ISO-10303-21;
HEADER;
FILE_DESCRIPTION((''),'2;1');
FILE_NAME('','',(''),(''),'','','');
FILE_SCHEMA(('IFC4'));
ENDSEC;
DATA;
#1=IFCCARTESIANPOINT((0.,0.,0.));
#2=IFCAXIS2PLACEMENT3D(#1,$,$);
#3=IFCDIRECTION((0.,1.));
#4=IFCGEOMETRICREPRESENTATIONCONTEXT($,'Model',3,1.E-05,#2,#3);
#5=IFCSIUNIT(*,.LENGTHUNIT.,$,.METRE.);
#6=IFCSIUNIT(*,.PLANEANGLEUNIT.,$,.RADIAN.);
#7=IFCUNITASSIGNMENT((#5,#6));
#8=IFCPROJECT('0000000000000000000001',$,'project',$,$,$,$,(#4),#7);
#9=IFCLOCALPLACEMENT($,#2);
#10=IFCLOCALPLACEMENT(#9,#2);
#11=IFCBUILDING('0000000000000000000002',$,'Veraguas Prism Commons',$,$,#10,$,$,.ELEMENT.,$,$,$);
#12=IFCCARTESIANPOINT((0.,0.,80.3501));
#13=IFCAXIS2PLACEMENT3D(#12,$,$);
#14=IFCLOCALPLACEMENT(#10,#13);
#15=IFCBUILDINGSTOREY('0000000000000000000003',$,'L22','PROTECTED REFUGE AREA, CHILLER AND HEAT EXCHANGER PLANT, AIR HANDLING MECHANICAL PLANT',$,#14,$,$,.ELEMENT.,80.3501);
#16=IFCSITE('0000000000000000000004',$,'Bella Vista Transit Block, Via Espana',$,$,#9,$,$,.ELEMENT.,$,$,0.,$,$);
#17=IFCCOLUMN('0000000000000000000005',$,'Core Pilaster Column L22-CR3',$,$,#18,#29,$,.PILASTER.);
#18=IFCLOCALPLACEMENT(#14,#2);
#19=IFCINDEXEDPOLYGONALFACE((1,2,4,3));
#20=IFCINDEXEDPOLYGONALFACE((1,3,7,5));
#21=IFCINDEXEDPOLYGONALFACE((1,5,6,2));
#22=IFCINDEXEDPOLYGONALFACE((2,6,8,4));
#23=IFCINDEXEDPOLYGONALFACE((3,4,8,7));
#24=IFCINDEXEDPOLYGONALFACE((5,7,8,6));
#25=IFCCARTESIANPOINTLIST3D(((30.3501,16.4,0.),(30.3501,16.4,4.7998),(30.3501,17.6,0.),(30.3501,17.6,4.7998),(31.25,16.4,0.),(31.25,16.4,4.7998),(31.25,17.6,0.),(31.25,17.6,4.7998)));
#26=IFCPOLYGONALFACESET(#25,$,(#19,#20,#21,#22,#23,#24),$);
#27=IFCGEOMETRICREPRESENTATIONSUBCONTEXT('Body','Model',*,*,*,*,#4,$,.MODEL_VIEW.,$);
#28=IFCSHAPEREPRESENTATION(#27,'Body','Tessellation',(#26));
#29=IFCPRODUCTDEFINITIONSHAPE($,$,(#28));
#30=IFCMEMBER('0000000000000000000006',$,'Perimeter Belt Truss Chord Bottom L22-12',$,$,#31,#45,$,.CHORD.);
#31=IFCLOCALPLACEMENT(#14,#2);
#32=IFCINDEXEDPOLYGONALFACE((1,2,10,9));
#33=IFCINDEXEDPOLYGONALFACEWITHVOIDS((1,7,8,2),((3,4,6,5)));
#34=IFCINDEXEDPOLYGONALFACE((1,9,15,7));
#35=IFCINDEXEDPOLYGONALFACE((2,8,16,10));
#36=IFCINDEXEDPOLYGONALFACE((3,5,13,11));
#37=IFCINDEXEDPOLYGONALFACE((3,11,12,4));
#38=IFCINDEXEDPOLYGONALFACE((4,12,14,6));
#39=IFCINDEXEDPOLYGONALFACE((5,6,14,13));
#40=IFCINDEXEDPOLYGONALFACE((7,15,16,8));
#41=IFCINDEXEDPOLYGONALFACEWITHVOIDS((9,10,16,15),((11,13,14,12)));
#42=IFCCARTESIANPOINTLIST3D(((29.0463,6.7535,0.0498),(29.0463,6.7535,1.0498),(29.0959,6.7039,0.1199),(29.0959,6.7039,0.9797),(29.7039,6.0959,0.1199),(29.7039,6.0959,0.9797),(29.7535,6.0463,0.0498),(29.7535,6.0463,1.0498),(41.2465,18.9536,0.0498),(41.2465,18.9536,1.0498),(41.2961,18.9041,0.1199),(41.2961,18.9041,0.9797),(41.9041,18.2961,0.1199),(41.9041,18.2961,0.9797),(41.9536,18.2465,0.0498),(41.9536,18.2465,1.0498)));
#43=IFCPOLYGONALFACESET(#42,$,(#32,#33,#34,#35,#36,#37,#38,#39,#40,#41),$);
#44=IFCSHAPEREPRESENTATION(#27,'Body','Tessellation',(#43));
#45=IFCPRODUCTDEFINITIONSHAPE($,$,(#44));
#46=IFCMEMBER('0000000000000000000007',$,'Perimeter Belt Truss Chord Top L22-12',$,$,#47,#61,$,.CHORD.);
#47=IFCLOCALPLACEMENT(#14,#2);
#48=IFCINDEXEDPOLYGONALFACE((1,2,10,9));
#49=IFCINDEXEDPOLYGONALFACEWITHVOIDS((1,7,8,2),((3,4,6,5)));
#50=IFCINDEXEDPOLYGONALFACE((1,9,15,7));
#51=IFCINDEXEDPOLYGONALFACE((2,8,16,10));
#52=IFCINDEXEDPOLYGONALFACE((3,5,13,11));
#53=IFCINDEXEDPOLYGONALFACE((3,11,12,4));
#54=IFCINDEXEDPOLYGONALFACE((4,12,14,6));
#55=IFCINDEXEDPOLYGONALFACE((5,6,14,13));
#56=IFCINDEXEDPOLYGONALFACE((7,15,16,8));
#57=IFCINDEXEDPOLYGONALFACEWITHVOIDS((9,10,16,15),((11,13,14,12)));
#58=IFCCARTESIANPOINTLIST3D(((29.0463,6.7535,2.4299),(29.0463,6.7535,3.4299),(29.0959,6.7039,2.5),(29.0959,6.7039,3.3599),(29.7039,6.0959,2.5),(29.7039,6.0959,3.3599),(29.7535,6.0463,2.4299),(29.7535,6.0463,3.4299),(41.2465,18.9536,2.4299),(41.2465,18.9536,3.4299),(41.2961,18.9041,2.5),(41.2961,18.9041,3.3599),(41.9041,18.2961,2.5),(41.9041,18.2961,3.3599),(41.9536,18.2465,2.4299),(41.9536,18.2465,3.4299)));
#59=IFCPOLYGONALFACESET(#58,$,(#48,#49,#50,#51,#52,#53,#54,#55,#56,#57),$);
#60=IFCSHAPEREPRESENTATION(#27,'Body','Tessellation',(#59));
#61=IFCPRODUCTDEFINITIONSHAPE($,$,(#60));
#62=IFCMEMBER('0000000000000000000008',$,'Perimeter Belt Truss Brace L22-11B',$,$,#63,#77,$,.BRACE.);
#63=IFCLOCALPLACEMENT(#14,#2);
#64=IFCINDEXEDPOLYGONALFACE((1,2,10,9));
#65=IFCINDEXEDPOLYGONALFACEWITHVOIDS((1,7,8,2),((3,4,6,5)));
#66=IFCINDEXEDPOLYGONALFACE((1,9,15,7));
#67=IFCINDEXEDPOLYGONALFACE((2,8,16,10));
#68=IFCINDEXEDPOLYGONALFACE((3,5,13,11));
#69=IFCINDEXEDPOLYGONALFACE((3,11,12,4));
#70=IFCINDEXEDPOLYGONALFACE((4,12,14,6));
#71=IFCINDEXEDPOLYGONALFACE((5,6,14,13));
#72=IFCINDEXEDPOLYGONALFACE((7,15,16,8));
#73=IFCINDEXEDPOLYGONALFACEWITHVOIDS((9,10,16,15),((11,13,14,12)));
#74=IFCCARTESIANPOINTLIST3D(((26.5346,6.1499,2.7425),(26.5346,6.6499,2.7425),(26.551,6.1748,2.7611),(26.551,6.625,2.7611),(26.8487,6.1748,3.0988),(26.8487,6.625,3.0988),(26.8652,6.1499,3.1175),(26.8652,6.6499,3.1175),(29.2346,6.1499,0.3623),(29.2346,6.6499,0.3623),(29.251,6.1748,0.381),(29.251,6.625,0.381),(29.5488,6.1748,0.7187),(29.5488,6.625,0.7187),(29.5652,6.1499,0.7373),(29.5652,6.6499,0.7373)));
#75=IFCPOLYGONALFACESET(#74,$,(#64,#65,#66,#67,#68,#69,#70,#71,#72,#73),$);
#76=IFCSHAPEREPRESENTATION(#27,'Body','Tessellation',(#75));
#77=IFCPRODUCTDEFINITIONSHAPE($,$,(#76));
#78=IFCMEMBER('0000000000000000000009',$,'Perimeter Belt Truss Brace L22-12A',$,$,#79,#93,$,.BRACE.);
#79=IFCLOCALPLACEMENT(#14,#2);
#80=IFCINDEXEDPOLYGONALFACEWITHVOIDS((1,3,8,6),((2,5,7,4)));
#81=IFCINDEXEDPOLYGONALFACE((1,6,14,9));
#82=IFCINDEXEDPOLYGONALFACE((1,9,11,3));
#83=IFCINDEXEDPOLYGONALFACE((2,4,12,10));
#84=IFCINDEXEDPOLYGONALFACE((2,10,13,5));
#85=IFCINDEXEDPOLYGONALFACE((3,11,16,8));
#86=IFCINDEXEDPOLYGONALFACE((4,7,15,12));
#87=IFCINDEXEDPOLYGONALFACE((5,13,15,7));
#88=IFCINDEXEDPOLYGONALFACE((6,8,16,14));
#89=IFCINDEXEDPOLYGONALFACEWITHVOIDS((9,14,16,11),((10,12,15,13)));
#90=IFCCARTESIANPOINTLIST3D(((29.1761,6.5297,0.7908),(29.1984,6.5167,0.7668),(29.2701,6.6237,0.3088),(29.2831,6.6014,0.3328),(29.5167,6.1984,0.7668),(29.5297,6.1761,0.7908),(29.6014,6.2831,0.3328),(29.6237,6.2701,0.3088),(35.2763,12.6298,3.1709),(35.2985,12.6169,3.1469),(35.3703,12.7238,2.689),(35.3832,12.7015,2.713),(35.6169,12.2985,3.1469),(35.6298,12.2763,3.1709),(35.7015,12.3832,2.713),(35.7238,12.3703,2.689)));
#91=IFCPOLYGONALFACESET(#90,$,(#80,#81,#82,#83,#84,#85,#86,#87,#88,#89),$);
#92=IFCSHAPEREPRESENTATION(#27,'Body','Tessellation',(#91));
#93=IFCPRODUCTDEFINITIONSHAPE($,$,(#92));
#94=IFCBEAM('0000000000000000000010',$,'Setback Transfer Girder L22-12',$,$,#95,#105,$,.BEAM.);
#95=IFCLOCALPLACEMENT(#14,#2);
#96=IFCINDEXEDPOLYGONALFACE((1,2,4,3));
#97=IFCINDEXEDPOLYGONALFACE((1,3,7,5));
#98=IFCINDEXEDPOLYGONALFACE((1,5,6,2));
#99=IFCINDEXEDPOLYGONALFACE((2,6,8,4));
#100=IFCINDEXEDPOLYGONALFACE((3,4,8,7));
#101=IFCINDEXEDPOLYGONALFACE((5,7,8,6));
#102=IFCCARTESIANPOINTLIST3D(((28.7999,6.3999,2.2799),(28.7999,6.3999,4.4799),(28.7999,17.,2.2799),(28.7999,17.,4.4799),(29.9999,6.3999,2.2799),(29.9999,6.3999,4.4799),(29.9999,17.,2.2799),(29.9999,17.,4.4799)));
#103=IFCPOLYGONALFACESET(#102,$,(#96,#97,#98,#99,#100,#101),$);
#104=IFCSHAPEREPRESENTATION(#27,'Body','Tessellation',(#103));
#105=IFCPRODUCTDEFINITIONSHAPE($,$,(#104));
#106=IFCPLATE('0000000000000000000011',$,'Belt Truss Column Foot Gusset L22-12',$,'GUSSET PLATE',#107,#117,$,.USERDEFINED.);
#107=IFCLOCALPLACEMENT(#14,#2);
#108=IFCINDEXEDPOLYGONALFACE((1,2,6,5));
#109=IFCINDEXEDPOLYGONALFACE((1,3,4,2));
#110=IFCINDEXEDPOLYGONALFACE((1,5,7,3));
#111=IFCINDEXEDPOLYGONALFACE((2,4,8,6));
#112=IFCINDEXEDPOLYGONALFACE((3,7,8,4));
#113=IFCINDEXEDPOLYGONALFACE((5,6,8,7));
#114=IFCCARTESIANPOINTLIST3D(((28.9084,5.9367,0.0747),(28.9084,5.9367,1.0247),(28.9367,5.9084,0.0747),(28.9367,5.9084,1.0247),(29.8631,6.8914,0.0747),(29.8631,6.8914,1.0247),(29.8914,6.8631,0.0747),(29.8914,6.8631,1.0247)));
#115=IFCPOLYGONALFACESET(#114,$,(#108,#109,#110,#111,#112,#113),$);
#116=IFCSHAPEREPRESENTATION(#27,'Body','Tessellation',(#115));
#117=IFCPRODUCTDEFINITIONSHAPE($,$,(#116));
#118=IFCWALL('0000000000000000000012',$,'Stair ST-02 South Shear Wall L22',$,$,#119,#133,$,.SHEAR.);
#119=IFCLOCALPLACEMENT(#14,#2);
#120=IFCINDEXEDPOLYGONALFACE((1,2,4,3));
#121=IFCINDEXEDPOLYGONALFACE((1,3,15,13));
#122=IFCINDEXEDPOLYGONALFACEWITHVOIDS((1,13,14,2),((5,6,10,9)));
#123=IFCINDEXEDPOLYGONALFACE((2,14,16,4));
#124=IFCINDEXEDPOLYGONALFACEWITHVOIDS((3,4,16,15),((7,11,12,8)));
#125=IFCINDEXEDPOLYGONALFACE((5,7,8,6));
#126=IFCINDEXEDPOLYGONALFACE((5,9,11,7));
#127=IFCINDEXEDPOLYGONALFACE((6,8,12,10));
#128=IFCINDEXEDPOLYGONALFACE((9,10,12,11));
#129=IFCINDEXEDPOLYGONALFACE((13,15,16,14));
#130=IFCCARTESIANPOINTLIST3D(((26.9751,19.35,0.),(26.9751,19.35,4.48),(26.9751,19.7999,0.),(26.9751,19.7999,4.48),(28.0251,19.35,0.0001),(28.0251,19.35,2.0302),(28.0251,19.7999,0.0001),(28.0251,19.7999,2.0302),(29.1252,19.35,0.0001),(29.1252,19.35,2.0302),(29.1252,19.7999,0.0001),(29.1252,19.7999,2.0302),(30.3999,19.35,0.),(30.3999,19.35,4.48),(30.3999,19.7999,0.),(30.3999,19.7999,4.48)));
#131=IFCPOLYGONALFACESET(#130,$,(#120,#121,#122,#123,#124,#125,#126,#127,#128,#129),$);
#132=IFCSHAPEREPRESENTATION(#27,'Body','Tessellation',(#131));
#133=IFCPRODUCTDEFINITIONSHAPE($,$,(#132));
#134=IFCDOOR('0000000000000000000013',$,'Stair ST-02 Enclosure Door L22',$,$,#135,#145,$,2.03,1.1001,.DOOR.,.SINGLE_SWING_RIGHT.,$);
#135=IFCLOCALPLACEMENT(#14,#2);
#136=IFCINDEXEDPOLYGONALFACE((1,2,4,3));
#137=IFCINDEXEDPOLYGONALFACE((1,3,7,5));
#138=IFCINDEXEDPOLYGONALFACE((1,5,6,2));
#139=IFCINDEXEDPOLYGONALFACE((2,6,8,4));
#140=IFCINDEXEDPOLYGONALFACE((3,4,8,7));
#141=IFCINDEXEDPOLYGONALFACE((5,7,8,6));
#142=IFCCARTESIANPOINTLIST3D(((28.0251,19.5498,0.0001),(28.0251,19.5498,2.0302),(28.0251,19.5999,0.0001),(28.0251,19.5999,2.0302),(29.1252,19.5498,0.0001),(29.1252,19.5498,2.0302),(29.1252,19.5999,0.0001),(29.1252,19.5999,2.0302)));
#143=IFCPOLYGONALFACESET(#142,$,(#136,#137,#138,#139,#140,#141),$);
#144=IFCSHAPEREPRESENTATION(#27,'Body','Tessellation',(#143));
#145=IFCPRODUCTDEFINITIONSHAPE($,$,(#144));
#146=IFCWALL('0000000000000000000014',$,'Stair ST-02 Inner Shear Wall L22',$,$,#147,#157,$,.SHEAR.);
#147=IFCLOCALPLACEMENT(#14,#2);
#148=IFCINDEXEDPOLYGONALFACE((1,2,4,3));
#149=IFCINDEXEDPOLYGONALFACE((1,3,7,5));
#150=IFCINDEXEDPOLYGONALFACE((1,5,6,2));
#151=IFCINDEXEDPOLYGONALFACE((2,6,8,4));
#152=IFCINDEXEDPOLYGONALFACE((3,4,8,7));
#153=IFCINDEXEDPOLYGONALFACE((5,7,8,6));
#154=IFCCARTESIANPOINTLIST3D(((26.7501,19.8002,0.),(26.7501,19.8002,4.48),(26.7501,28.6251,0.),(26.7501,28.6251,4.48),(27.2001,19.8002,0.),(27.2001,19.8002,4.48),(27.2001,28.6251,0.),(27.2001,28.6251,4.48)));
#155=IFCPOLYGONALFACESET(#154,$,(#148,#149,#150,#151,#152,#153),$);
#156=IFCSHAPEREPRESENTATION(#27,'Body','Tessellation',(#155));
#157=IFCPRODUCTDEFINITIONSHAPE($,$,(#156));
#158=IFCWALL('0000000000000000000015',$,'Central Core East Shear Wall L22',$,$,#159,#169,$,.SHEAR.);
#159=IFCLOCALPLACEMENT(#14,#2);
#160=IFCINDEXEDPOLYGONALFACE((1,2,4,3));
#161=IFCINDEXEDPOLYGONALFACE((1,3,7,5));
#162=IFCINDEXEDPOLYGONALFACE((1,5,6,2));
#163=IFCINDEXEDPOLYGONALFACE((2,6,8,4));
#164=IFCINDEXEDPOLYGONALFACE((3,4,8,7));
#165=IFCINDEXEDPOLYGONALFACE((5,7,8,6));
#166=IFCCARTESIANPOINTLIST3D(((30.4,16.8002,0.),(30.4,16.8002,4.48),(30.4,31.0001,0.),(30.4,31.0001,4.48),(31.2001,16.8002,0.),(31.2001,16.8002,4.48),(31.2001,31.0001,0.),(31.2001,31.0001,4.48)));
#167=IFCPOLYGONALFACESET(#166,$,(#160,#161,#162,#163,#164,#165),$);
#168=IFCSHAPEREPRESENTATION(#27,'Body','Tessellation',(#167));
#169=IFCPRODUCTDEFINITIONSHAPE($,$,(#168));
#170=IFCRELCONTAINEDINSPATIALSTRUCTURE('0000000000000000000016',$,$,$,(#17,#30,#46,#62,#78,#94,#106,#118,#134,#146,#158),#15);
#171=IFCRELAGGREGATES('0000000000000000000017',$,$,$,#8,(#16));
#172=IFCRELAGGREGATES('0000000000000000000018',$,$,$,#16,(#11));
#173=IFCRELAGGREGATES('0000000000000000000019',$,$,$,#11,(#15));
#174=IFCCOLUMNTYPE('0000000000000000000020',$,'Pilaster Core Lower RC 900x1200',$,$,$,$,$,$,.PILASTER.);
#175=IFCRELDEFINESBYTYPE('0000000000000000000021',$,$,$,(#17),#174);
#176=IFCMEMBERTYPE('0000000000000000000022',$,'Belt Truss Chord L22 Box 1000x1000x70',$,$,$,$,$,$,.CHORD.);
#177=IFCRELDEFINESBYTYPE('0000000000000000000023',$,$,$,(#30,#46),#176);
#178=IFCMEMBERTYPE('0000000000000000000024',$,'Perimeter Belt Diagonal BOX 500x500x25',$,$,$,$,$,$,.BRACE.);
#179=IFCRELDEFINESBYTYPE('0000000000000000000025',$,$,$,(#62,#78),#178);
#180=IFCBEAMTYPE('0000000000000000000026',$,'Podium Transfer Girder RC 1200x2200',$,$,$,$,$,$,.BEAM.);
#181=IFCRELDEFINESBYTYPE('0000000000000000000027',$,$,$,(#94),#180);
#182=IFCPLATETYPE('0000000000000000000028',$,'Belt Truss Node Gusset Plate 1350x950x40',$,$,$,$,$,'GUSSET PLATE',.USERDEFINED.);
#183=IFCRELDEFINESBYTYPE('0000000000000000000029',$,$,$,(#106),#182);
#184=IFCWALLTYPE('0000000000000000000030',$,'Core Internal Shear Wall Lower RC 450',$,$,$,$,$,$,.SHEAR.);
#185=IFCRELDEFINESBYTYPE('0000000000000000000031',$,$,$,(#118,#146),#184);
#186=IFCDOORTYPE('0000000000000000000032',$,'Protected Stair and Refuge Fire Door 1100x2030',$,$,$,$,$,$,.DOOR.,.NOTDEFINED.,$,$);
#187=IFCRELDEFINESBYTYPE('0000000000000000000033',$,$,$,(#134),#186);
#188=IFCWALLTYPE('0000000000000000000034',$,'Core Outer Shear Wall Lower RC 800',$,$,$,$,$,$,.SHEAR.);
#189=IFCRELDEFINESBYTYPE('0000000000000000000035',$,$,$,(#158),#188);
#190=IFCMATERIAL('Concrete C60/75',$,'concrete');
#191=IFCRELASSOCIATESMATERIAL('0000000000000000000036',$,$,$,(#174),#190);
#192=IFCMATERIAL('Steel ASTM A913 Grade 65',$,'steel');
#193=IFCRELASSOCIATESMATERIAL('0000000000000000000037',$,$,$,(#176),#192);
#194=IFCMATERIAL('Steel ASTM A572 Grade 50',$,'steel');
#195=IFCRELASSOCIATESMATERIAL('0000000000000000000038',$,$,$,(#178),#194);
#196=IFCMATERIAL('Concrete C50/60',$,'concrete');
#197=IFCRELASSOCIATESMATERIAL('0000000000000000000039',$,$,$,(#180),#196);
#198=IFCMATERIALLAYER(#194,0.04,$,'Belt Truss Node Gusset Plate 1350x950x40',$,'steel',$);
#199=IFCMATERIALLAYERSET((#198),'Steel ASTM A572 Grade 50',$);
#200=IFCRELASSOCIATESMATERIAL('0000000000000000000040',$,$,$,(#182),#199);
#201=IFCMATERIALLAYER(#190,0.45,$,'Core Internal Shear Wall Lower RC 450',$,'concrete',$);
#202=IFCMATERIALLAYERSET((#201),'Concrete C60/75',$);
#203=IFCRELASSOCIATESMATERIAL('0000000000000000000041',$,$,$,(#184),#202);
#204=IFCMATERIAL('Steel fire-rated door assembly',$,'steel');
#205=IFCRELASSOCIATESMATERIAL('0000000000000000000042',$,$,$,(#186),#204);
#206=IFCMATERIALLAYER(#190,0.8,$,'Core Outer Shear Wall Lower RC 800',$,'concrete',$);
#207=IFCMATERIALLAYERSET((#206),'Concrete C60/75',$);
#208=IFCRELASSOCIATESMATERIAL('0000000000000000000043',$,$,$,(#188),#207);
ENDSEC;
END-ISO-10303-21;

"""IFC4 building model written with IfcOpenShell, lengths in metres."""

from ifc_helpers import new_model, si_unit, direction, frame, frame_2d, origin, origin_2d, place, context, subcontext, project, spatial, rectangle, hollow_rectangle, extrude, source, transform, mapped, material, layer, layer_set, material_profile, profile_set, type_object, element, fill, save


model = new_model("IFC4")

# Units and contexts
model_context = context("Model", 3, precision=1e-05, world=origin(), true_north=direction((0.0, 1.0)))
body_context = subcontext(model_context, "Body", "Model", "MODEL_VIEW")
ifc_project = project(units=[si_unit("LENGTHUNIT", "METRE"), si_unit("PLANEANGLEUNIT", "RADIAN")], contexts=[model_context])

# Site, building, storey
site_placement = place(None, origin())
site = spatial("IfcSite", under=ifc_project, at=site_placement, Name="Bella Vista Transit Block, Via Espana", CompositionType="ELEMENT", RefElevation=0.0)
building_placement = place(site_placement, origin())
building = spatial("IfcBuilding", under=site, at=building_placement, Name="Veraguas Prism Commons", CompositionType="ELEMENT")
storey_placement = place(building_placement, frame((0.0, 0.0, 80.3501)))
storey = spatial("IfcBuildingStorey", under=building, at=storey_placement, Name="L22", Description="PROTECTED REFUGE AREA, CHILLER AND HEAT EXCHANGER PLANT, AIR HANDLING MECHANICAL PLANT", CompositionType="ELEMENT", Elevation=80.3501)

# Column
ifc_material_1 = material(Name="Concrete C60/75", Category="concrete")
ifc_material_profile_1 = material_profile(ifc_material_1, rectangle(XDim=0.8999, YDim=1.2, at=origin_2d()), Name="RC900X1200")
ifc_profile_set_1 = profile_set([ifc_material_profile_1], Name="Concrete C60/75")
column_type = type_object("IfcColumnType", Name="Pilaster Core Lower RC 900x1200", PredefinedType="PILASTER", material=ifc_profile_set_1)
column_placement = place(storey_placement, frame((30.8, 17.0, 0.0), z_axis=(0.0, 0.0, 1.0), x_axis=(1.0, 0.0, 0.0)))
element("IfcColumn", 1, at=column_placement, inside=storey, type_object=column_type, Name="Core Pilaster Column L22-CR3", PredefinedType="PILASTER", context=body_context, shape_type="SweptSolid", body=[
    extrude(rectangle(XDim=0.8999, YDim=1.2, at=origin_2d()), origin(), (0.0, 0.0, 1.0), 4.7998),
])

# Members
ifc_material_2 = material(Name="Steel ASTM A913 Grade 65", Category="steel")
ifc_material_profile_2 = material_profile(ifc_material_2, hollow_rectangle(XDim=1.0, YDim=1.0, WallThickness=0.0701, at=origin_2d()), Name="BOX1000X1000X70")
ifc_profile_set_2 = profile_set([ifc_material_profile_2], Name="Steel ASTM A913 Grade 65")
member_type_1 = type_object("IfcMemberType", Name="Belt Truss Chord L22 Box 1000x1000x70", PredefinedType="CHORD", material=ifc_profile_set_2)
for number, where, z_axis, x_axis, name in (
    (2, (29.3999, 6.3999, 0.5498), (0.707107, 0.707107, 0.0), (-0.707107, 0.707107, 0.0), "Perimeter Belt Truss Chord Bottom L22-12"),
    (3, (29.3999, 6.3999, 2.9299), (0.707107, 0.707107, 0.0), (-0.707107, 0.707107, 0.0), "Perimeter Belt Truss Chord Top L22-12"),
):
    element("IfcMember", number, at=place(storey_placement, frame(where, z_axis=z_axis, x_axis=x_axis)), inside=storey, type_object=member_type_1, Name=name, PredefinedType="CHORD", context=body_context, shape_type="SweptSolid", body=[
        extrude(hollow_rectangle(XDim=1.0, YDim=1.0, WallThickness=0.0701, at=origin_2d()), origin(), (0.0, 0.0, 1.0), 17.2537),
    ])
ifc_material_3 = material(Name="Steel ASTM A572 Grade 50", Category="steel")
ifc_material_profile_3 = material_profile(ifc_material_3, hollow_rectangle(XDim=0.5, YDim=0.5, WallThickness=0.0249, at=origin_2d()), Name="BOX500X500X25")
ifc_profile_set_3 = profile_set([ifc_material_profile_3], Name="Steel ASTM A572 Grade 50")
member_type_2 = type_object("IfcMemberType", Name="Perimeter Belt Diagonal BOX 500x500x25", PredefinedType="BRACE", material=ifc_profile_set_3)
member_1_placement = place(storey_placement, frame((29.3999, 6.3999, 0.5498), z_axis=(-0.750139, 0.0, 0.661281), x_axis=(0.0, -1.0, 0.0)))
element("IfcMember", 4, at=member_1_placement, inside=storey, type_object=member_type_2, Name="Perimeter Belt Truss Brace L22-11B", PredefinedType="BRACE", context=body_context, shape_type="SweptSolid", body=[
    extrude(hollow_rectangle(XDim=0.5, YDim=0.5, WallThickness=0.0249, at=origin_2d()), origin(), (0.0, 0.0, 1.0), 3.5994),
])
member_2_placement = place(storey_placement, frame((29.3999, 6.3999, 0.5498), z_axis=(0.681639, 0.681639, 0.265961), x_axis=(-0.707107, 0.707107, 0.0)))
element("IfcMember", 5, at=member_2_placement, inside=storey, type_object=member_type_2, Name="Perimeter Belt Truss Brace L22-12A", PredefinedType="BRACE", context=body_context, shape_type="SweptSolid", body=[
    extrude(hollow_rectangle(XDim=0.5, YDim=0.5, WallThickness=0.0249, at=origin_2d()), origin(), (0.0, 0.0, 1.0), 8.9492),
])

# Beam
ifc_material_4 = material(Name="Concrete C50/60", Category="concrete")
ifc_material_profile_4 = material_profile(ifc_material_4, rectangle(XDim=1.2, YDim=2.2, at=origin_2d()), Name="RC1200X2200")
ifc_profile_set_4 = profile_set([ifc_material_profile_4], Name="Concrete C50/60")
beam_type = type_object("IfcBeamType", Name="Podium Transfer Girder RC 1200x2200", PredefinedType="BEAM", material=ifc_profile_set_4)
beam_placement = place(storey_placement, frame((29.3999, 6.3999, 3.3799), z_axis=(0.0, 1.0, 0.0), x_axis=(-1.0, 0.0, 0.0)))
element("IfcBeam", 6, at=beam_placement, inside=storey, type_object=beam_type, Name="Setback Transfer Girder L22-12", PredefinedType="BEAM", context=body_context, shape_type="SweptSolid", body=[
    extrude(rectangle(XDim=1.2, YDim=2.2, at=origin_2d()), origin(), (0.0, 0.0, 1.0), 10.6001),
])

# Plate
ifc_layer_1 = layer(ifc_material_3, 0.04, Name="Belt Truss Node Gusset Plate 1350x950x40", Category="steel")
ifc_layer_set_1 = layer_set([ifc_layer_1], Name="Steel ASTM A572 Grade 50")
plate_type = type_object("IfcPlateType", Name="Belt Truss Node Gusset Plate 1350x950x40", ElementType="GUSSET PLATE", PredefinedType="USERDEFINED", material=ifc_layer_set_1)
shared_shape_1 = source(origin(), body_context, "Body", "SweptSolid", [
    extrude(rectangle(XDim=1.3501, YDim=0.04, at=origin_2d()), origin(), (0.0, 0.0, 1.0), 0.95),
])
plate_placement = place(storey_placement, frame((29.3999, 6.3999, 0.0747), z_axis=(0.0, 0.0, 1.0), x_axis=(0.707107, 0.707107, 0.0)))
element("IfcPlate", 7, at=plate_placement, inside=storey, type_object=plate_type, Name="Belt Truss Column Foot Gusset L22-12", ObjectType="GUSSET PLATE", PredefinedType="USERDEFINED", context=body_context, shape_type="MappedRepresentation", body=[
    mapped(shared_shape_1, transform((0.0, 0.0, 0.0), scale=1.0)),
])

# Wall, opening, door
ifc_layer_2 = layer(ifc_material_1, 0.45, Name="Core Internal Shear Wall Lower RC 450", Category="concrete")
ifc_layer_set_2 = layer_set([ifc_layer_2], Name="Concrete C60/75")
wall_type_1 = type_object("IfcWallType", Name="Core Internal Shear Wall Lower RC 450", PredefinedType="SHEAR", material=ifc_layer_set_2)
wall_1_placement = place(storey_placement, frame((26.9751, 19.575, 0.0), z_axis=(0.0, 0.0, 1.0), x_axis=(1.0, 0.0, 0.0)))
wall_1 = element("IfcWall", 8, at=wall_1_placement, inside=storey, type_object=wall_type_1, Name="Stair ST-02 South Shear Wall L22", PredefinedType="SHEAR", context=body_context, shape_type="SweptSolid", body=[
    extrude(rectangle(XDim=3.4248, YDim=0.45, at=frame_2d((1.7124, 0.0))), origin(), (0.0, 0.0, 1.0), 4.48),
])
opening_1_placement = place(wall_1_placement, frame((1.05, 0.0, 0.0)))
opening_1 = element("IfcOpeningElement", 9, at=opening_1_placement, cuts=wall_1, PredefinedType="OPENING", context=body_context, shape_type="SweptSolid", body=[
    extrude(rectangle(XDim=1.1001, YDim=2.03, at=frame_2d((0.55, 1.0151))), frame((0.0, 0.2349, 0.0), z_axis=(0.0, -1.0, 0.0), x_axis=(1.0, 0.0, 0.0)), (0.0, 0.0, 1.0), 0.47),
])
ifc_material_5 = material(Name="Steel fire-rated door assembly", Category="steel")
door_type_1 = type_object("IfcDoorType", Name="Protected Stair and Refuge Fire Door 1100x2030", OperationType="NOTDEFINED", PredefinedType="DOOR", material=ifc_material_5)
shared_shape_2 = source(origin(), body_context, "Body", "SweptSolid", [
    extrude(rectangle(XDim=1.1001, YDim=2.03, at=frame_2d((0.55, 1.0151))), frame((0.0, 0.0249, 0.0), z_axis=(0.0, -1.0, 0.0), x_axis=(1.0, 0.0, 0.0)), (0.0, 0.0, 1.0), 0.05),
])
door_1_placement = place(opening_1_placement, origin())
door_1 = element("IfcDoor", 10, at=door_1_placement, inside=storey, type_object=door_type_1, Name="Stair ST-02 Enclosure Door L22", OperationType="SINGLE_SWING_RIGHT", OverallHeight=2.03, OverallWidth=1.1001, PredefinedType="DOOR", context=body_context, shape_type="MappedRepresentation", body=[
    mapped(shared_shape_2, transform((0.0, 0.0, 0.0), scale=1.0)),
])
fill(opening_1, door_1)

# Walls
wall_2_placement = place(storey_placement, frame((26.9751, 19.8, 0.0), z_axis=(0.0, 0.0, 1.0), x_axis=(0.0, 1.0, 0.0)))
element("IfcWall", 11, at=wall_2_placement, inside=storey, type_object=wall_type_1, Name="Stair ST-02 Inner Shear Wall L22", PredefinedType="SHEAR", context=body_context, shape_type="SweptSolid", body=[
    extrude(rectangle(XDim=8.825, YDim=0.45, at=frame_2d((4.4126, 0.0))), origin(), (0.0, 0.0, 1.0), 4.48),
])
ifc_layer_3 = layer(ifc_material_1, 0.8, Name="Core Outer Shear Wall Lower RC 800", Category="concrete")
ifc_layer_set_3 = layer_set([ifc_layer_3], Name="Concrete C60/75")
wall_type_2 = type_object("IfcWallType", Name="Core Outer Shear Wall Lower RC 800", PredefinedType="SHEAR", material=ifc_layer_set_3)
wall_3_placement = place(storey_placement, frame((30.8, 16.8, 0.0), z_axis=(0.0, 0.0, 1.0), x_axis=(0.0, 1.0, 0.0)))
element("IfcWall", 12, at=wall_3_placement, inside=storey, type_object=wall_type_2, Name="Central Core East Shear Wall L22", PredefinedType="SHEAR", context=body_context, shape_type="SweptSolid", body=[
    extrude(rectangle(XDim=14.2, YDim=0.8, at=frame_2d((7.1001, 0.0))), origin(), (0.0, 0.0, 1.0), 4.48),
])

save(model, "model.ifc")
